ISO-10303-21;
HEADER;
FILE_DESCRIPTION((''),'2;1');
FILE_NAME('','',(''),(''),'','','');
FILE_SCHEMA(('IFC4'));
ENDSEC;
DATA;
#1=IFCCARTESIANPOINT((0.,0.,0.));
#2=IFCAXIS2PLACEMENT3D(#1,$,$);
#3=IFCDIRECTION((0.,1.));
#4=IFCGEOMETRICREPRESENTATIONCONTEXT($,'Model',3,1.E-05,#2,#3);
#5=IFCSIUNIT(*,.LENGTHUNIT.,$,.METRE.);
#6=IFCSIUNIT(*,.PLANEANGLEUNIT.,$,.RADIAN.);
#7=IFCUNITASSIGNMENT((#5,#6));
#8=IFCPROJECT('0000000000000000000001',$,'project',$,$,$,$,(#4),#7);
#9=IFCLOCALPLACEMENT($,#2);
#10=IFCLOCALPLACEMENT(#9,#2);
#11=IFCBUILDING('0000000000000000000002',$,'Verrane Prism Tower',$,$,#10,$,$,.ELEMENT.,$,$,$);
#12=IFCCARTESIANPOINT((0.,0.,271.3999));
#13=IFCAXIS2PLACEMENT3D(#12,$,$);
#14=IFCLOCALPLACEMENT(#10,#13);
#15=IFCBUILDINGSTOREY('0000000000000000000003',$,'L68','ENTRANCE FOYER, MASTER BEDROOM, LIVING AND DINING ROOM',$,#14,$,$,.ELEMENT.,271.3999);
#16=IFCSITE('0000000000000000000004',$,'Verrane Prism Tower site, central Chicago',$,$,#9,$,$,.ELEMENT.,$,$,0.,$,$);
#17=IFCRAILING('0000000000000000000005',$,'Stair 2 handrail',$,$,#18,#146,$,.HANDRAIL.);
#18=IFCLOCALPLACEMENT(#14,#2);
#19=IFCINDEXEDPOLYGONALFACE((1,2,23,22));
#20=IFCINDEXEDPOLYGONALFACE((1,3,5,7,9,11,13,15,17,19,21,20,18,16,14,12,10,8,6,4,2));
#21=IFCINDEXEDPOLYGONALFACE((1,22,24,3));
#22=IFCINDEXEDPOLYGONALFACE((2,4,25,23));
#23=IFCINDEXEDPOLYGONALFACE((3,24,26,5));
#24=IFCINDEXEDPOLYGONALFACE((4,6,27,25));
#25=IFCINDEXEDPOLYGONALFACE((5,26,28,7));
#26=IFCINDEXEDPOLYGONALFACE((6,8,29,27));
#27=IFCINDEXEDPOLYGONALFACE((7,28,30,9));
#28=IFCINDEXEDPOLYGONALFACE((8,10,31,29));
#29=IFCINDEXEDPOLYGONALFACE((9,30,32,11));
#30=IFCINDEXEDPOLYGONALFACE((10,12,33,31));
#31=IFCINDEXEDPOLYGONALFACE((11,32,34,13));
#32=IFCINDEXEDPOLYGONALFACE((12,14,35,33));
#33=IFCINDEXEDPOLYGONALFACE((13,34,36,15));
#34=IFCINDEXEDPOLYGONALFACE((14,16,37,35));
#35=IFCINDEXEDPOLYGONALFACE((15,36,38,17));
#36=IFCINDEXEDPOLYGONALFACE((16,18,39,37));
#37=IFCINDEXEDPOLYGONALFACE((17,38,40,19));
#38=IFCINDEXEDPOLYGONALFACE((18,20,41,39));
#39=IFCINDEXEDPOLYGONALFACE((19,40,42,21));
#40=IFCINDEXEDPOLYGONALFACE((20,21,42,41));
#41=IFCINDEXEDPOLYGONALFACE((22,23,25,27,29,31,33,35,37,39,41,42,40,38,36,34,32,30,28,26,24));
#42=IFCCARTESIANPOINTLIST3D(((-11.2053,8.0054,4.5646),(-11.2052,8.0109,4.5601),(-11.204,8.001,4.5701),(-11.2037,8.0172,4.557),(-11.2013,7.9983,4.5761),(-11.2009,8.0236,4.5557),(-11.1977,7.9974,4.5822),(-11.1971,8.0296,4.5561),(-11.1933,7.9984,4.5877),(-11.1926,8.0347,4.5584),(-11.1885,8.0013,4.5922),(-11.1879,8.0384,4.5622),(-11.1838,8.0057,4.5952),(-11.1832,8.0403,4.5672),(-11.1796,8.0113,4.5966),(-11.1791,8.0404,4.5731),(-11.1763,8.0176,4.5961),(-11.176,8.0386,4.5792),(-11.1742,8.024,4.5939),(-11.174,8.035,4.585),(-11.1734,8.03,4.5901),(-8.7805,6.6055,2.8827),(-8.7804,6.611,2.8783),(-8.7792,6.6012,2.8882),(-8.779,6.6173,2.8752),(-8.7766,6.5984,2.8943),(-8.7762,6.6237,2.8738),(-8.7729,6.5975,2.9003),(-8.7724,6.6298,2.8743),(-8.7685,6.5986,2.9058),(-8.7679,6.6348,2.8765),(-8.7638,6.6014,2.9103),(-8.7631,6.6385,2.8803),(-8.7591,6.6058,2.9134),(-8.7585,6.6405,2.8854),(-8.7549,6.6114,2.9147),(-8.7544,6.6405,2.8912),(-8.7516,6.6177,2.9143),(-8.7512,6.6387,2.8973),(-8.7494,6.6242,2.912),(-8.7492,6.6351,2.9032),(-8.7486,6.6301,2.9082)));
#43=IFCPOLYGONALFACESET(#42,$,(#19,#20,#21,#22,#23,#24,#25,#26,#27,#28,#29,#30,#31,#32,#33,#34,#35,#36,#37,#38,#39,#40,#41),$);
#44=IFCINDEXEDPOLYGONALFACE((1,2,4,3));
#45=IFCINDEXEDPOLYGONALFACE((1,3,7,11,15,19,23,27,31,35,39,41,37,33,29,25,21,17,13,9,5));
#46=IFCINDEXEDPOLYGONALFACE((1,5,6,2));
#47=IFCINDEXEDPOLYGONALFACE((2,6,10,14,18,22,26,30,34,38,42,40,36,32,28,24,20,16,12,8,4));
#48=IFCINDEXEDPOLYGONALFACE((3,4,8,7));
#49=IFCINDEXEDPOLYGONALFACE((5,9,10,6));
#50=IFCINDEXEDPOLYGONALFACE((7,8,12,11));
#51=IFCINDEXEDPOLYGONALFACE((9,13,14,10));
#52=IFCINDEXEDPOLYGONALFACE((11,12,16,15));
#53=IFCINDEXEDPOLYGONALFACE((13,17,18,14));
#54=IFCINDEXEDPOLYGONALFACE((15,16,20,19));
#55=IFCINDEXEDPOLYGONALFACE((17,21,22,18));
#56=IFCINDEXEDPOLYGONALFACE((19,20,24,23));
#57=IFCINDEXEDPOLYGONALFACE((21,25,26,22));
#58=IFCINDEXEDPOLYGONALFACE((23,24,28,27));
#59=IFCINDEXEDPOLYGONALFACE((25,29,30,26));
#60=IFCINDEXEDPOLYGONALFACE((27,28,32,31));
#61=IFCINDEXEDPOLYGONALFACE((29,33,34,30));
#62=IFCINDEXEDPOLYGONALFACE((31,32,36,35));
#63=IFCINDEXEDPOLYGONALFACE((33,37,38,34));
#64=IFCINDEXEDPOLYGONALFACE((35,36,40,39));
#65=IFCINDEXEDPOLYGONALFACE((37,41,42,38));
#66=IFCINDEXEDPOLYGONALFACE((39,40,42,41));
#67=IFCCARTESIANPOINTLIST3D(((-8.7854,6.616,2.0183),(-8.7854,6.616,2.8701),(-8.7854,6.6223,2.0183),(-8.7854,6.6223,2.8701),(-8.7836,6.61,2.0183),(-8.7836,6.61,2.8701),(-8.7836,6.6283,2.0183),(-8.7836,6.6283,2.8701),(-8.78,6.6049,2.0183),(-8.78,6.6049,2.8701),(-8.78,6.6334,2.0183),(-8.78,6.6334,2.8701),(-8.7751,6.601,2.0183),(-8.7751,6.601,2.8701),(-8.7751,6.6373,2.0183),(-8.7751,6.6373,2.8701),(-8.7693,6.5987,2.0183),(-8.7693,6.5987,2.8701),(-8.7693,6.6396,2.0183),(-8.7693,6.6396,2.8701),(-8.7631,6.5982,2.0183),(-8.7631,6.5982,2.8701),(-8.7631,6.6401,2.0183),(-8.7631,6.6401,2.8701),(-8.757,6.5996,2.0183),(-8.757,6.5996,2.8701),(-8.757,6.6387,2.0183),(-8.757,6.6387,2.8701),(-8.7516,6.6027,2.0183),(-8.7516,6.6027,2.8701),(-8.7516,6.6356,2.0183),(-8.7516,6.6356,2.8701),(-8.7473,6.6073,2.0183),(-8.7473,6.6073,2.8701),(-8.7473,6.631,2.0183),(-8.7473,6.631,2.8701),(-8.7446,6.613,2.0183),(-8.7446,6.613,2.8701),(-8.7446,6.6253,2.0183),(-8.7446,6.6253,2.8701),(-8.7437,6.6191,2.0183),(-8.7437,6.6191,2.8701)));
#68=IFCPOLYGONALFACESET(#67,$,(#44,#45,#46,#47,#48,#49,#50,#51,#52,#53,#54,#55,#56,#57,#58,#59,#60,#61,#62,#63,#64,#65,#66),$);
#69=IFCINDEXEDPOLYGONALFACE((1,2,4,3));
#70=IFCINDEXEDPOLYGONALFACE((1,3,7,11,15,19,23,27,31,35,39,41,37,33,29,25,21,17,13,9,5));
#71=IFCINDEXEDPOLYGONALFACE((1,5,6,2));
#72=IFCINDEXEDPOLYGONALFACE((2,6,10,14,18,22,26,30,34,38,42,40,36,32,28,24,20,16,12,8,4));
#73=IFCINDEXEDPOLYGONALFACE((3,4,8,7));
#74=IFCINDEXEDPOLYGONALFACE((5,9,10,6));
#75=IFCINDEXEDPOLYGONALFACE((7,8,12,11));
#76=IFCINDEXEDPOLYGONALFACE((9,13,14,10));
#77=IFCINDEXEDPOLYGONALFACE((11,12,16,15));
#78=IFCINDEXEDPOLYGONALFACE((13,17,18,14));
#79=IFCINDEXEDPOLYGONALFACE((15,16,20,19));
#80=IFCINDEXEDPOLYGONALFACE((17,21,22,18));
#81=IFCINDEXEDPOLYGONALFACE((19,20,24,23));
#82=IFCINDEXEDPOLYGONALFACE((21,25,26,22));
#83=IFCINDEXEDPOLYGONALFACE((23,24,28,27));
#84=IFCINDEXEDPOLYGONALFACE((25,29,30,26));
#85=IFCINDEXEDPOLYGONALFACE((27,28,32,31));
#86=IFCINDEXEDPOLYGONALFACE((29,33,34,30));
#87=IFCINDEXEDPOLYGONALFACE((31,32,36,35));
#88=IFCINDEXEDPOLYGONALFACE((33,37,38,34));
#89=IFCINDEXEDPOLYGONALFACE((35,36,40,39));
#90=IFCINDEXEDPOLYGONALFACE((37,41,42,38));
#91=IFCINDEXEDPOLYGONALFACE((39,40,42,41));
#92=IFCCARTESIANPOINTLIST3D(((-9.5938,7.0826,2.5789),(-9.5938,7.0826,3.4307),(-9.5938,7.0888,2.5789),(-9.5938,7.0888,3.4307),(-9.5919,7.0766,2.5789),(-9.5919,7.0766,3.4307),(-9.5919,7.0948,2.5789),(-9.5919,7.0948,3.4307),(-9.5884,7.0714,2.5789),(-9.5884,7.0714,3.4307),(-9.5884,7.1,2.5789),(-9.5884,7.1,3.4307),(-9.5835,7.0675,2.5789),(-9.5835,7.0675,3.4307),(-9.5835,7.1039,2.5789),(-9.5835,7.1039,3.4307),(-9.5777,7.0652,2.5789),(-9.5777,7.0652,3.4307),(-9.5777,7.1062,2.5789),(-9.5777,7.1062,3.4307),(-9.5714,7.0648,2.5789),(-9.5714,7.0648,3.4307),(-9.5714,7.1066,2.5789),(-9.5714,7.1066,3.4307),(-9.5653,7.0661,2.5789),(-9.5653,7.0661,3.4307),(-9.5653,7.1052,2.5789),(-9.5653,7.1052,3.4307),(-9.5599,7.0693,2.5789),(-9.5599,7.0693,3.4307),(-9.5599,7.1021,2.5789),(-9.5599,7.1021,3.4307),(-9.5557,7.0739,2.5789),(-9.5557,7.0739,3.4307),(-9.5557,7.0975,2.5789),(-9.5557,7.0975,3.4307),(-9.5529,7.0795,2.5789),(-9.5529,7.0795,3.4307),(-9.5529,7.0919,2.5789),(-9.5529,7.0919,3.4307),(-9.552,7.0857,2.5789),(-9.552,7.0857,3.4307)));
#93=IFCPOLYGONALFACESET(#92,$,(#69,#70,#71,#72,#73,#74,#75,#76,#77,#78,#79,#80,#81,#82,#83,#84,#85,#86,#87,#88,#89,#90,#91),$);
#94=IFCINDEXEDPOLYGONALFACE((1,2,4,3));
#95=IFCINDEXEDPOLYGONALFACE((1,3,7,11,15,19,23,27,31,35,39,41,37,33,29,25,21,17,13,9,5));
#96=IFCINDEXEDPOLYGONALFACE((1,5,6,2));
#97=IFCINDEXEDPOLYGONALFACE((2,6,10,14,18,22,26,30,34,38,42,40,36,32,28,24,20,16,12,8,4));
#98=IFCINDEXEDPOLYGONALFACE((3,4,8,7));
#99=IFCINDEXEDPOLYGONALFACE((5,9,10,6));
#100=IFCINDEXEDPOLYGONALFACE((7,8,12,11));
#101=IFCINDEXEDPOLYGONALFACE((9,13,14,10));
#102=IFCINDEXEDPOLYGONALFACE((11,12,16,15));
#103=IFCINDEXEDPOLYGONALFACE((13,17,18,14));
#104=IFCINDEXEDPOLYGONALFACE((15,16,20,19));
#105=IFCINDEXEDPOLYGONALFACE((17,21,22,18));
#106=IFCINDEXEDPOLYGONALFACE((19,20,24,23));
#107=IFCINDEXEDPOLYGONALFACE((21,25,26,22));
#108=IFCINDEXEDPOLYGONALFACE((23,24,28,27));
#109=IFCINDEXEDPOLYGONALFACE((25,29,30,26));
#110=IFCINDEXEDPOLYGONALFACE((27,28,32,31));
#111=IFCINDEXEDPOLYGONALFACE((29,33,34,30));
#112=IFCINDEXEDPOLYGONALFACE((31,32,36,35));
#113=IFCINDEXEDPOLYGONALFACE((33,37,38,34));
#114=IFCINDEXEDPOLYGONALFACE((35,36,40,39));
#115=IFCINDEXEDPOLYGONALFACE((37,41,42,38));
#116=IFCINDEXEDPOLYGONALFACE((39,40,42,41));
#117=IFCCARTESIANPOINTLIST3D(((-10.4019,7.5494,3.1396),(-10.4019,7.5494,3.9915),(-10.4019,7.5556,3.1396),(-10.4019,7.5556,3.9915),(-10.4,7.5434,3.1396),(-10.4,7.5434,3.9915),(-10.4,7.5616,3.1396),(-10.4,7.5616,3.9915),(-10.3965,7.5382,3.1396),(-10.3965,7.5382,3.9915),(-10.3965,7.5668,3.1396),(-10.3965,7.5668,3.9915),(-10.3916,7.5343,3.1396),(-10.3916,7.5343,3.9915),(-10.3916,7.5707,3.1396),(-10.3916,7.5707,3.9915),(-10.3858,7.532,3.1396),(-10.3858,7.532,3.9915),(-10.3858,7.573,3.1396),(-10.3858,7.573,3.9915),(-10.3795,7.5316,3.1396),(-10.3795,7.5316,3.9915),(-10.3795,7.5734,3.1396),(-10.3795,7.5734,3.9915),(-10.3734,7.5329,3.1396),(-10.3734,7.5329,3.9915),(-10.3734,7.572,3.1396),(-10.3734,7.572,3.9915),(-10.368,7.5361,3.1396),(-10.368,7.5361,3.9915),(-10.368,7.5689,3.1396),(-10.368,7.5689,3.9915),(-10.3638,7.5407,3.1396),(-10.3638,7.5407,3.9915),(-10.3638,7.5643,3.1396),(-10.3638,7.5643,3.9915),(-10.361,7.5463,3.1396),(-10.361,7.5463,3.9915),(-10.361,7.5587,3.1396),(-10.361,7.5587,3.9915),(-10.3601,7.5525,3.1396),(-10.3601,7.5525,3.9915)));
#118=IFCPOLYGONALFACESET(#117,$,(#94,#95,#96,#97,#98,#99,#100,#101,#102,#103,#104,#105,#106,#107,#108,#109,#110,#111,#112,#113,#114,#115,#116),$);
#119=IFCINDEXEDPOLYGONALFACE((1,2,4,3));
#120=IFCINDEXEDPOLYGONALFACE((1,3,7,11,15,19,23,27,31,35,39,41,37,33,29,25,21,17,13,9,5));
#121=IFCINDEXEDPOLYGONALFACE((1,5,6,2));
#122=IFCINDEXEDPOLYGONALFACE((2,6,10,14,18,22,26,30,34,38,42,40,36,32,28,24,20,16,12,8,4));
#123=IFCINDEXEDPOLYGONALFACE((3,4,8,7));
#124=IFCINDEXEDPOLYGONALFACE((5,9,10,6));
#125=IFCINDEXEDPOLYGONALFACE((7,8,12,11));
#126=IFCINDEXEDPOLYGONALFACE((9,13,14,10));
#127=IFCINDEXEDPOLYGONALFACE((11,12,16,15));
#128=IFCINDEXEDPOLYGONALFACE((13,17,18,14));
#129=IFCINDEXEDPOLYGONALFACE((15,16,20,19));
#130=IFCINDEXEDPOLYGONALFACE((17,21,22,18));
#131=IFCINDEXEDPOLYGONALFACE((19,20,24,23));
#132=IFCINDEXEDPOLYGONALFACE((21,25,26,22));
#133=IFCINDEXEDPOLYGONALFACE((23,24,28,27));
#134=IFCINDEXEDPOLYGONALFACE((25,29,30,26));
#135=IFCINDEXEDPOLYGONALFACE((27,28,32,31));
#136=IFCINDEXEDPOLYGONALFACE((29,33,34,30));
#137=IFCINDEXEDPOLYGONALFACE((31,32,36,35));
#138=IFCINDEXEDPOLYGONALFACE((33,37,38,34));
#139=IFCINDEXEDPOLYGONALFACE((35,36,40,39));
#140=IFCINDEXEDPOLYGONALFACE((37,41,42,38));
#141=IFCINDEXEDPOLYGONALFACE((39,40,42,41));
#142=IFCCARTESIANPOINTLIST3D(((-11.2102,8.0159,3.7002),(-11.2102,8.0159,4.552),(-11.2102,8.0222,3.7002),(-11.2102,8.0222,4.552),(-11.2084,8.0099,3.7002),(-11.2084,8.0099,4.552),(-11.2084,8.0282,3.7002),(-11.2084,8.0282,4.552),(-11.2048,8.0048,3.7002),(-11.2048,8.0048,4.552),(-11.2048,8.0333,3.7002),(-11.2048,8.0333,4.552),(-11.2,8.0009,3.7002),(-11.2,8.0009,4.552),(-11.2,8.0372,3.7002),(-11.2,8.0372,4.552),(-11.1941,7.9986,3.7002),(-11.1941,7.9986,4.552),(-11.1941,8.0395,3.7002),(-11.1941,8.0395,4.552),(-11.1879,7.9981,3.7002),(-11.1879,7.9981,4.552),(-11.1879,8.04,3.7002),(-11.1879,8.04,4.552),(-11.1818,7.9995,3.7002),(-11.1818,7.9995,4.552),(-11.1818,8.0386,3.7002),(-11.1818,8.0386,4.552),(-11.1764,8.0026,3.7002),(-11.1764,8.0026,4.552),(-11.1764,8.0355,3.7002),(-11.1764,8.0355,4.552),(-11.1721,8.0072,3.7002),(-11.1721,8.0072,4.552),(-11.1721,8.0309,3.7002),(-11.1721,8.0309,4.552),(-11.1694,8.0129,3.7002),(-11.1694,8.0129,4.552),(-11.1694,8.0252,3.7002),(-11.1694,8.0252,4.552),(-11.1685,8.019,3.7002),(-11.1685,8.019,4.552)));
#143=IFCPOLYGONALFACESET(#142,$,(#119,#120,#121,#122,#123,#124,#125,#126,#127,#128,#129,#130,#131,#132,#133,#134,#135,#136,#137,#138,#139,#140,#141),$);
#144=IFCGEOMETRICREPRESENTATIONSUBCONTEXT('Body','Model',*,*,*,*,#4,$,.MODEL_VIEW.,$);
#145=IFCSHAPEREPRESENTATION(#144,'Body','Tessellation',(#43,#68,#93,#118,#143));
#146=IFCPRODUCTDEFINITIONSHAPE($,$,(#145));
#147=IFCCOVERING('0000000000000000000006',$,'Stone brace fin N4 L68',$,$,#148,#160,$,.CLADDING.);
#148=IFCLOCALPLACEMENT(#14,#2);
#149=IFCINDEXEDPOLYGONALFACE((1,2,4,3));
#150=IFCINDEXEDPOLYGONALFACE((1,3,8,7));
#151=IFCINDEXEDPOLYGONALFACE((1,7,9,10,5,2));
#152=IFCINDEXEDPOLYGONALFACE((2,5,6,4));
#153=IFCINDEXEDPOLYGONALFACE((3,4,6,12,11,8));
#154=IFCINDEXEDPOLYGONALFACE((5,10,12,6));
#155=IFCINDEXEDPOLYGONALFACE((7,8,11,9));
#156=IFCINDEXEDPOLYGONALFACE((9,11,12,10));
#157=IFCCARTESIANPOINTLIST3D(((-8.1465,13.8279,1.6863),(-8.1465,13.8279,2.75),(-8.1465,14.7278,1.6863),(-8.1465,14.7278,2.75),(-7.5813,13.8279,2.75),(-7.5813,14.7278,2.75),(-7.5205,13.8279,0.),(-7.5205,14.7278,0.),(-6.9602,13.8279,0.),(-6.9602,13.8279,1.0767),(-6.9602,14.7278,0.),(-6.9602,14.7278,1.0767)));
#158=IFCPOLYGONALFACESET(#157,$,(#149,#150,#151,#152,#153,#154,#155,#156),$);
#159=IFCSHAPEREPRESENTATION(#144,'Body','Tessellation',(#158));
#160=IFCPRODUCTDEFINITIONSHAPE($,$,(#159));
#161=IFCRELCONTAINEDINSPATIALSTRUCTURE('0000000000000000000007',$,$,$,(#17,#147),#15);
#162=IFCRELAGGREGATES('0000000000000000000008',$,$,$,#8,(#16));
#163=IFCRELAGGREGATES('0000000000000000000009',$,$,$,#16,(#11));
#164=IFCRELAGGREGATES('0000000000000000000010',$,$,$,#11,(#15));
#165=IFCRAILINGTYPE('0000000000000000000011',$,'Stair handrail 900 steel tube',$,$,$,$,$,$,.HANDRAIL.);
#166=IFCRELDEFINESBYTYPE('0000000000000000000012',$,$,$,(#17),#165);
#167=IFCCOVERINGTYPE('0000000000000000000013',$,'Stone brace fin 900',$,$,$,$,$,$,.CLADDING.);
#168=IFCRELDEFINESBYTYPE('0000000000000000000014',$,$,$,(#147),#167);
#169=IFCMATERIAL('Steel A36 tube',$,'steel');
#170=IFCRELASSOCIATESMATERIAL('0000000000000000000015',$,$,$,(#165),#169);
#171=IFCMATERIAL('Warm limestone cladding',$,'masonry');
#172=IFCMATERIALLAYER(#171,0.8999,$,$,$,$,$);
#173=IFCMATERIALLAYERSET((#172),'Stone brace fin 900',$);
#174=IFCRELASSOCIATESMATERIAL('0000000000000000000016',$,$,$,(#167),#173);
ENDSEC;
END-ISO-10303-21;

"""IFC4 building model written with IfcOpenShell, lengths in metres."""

from ifc_helpers import new_model, si_unit, direction, frame, origin, origin_2d, place, context, subcontext, project, spatial, polyline, circle, outline, extrude, material, layer, layer_set, type_object, element, save


model = new_model("IFC4")

# Units and contexts
model_context = context("Model", 3, precision=1e-05, world=origin(), true_north=direction((0.0, 1.0)))
body_context = subcontext(model_context, "Body", "Model", "MODEL_VIEW")
ifc_project = project(units=[si_unit("LENGTHUNIT", "METRE"), si_unit("PLANEANGLEUNIT", "RADIAN")], contexts=[model_context])

# Site, building, storey
site_placement = place(None, origin())
site = spatial("IfcSite", under=ifc_project, at=site_placement, Name="Verrane Prism Tower site, central Chicago", CompositionType="ELEMENT", RefElevation=0.0)
building_placement = place(site_placement, origin())
building = spatial("IfcBuilding", under=site, at=building_placement, Name="Verrane Prism Tower", CompositionType="ELEMENT")
storey_placement = place(building_placement, frame((0.0, 0.0, 271.3999)))
storey = spatial("IfcBuildingStorey", under=building, at=storey_placement, Name="L68", Description="ENTRANCE FOYER, MASTER BEDROOM, LIVING AND DINING ROOM", CompositionType="ELEMENT", Elevation=271.3999)

# Railing
ifc_material_1 = material(Name="Steel A36 tube", Category="steel")
railing_type_1 = type_object("IfcRailingType", Name="Stair handrail 900 steel tube", PredefinedType="HANDRAIL", material=ifc_material_1)
railing_1_placement = place(storey_placement, frame((-8.7646, 6.6191, 2.0183)))
element("IfcRailing", 1, at=railing_1_placement, inside=storey, type_object=railing_type_1, Name="Stair 2 handrail", PredefinedType="HANDRAIL", context=body_context, shape_type="SweptSolid", body=[
    extrude(circle(Radius=0.0239, at=origin_2d()), frame((0.0, 0.0, 0.876), z_axis=(-0.74239, 0.428601, 0.514934), x_axis=(-0.499984, -0.866035, 0.0)), (0.0, 0.0, 1.0), 3.2661),
    extrude(circle(Radius=0.021, at=origin_2d()), origin(), (0.0, 0.0, 1.0), 0.8518),
    extrude(circle(Radius=0.021, at=origin_2d()), frame((-0.8083, 0.4666, 0.5605)), (0.0, 0.0, 1.0), 0.8518),
    extrude(circle(Radius=0.021, at=origin_2d()), frame((-1.6165, 0.9333, 1.1213)), (0.0, 0.0, 1.0), 0.8518),
    extrude(circle(Radius=0.021, at=origin_2d()), frame((-2.4248, 1.3999, 1.6819)), (0.0, 0.0, 1.0), 0.8518),
])

# Covering
ifc_material_2 = material(Name="Warm limestone cladding", Category="masonry")
ifc_layer_1 = layer(ifc_material_2, 0.8999)
ifc_layer_set_1 = layer_set([ifc_layer_1], Name="Stone brace fin 900")
covering_type = type_object("IfcCoveringType", Name="Stone brace fin 900", PredefinedType="CLADDING", material=ifc_layer_set_1)
covering_placement = place(storey_placement, frame((-6.9602, 14.2778, 0.0), z_axis=(0.0, 0.0, 1.0), x_axis=(-1.0, 0.0, 0.0)))
element("IfcCovering", 2, at=covering_placement, inside=storey, type_object=covering_type, Name="Stone brace fin N4 L68", PredefinedType="CLADDING", context=body_context, shape_type="SweptSolid", body=[
    extrude(outline(polyline([(1.1863, 2.75), (0.6211, 2.75), (0.0, 1.0767), (0.0, 0.0), (0.5603, 0.0), (1.1863, 1.6863), (1.1863, 2.75)])), frame((0.0, 0.45, 0.0), z_axis=(0.0, -1.0, 0.0), x_axis=(1.0, 0.0, 0.0)), (0.0, 0.0, 1.0), 0.8999),
])

save(model, "model.ifc")
